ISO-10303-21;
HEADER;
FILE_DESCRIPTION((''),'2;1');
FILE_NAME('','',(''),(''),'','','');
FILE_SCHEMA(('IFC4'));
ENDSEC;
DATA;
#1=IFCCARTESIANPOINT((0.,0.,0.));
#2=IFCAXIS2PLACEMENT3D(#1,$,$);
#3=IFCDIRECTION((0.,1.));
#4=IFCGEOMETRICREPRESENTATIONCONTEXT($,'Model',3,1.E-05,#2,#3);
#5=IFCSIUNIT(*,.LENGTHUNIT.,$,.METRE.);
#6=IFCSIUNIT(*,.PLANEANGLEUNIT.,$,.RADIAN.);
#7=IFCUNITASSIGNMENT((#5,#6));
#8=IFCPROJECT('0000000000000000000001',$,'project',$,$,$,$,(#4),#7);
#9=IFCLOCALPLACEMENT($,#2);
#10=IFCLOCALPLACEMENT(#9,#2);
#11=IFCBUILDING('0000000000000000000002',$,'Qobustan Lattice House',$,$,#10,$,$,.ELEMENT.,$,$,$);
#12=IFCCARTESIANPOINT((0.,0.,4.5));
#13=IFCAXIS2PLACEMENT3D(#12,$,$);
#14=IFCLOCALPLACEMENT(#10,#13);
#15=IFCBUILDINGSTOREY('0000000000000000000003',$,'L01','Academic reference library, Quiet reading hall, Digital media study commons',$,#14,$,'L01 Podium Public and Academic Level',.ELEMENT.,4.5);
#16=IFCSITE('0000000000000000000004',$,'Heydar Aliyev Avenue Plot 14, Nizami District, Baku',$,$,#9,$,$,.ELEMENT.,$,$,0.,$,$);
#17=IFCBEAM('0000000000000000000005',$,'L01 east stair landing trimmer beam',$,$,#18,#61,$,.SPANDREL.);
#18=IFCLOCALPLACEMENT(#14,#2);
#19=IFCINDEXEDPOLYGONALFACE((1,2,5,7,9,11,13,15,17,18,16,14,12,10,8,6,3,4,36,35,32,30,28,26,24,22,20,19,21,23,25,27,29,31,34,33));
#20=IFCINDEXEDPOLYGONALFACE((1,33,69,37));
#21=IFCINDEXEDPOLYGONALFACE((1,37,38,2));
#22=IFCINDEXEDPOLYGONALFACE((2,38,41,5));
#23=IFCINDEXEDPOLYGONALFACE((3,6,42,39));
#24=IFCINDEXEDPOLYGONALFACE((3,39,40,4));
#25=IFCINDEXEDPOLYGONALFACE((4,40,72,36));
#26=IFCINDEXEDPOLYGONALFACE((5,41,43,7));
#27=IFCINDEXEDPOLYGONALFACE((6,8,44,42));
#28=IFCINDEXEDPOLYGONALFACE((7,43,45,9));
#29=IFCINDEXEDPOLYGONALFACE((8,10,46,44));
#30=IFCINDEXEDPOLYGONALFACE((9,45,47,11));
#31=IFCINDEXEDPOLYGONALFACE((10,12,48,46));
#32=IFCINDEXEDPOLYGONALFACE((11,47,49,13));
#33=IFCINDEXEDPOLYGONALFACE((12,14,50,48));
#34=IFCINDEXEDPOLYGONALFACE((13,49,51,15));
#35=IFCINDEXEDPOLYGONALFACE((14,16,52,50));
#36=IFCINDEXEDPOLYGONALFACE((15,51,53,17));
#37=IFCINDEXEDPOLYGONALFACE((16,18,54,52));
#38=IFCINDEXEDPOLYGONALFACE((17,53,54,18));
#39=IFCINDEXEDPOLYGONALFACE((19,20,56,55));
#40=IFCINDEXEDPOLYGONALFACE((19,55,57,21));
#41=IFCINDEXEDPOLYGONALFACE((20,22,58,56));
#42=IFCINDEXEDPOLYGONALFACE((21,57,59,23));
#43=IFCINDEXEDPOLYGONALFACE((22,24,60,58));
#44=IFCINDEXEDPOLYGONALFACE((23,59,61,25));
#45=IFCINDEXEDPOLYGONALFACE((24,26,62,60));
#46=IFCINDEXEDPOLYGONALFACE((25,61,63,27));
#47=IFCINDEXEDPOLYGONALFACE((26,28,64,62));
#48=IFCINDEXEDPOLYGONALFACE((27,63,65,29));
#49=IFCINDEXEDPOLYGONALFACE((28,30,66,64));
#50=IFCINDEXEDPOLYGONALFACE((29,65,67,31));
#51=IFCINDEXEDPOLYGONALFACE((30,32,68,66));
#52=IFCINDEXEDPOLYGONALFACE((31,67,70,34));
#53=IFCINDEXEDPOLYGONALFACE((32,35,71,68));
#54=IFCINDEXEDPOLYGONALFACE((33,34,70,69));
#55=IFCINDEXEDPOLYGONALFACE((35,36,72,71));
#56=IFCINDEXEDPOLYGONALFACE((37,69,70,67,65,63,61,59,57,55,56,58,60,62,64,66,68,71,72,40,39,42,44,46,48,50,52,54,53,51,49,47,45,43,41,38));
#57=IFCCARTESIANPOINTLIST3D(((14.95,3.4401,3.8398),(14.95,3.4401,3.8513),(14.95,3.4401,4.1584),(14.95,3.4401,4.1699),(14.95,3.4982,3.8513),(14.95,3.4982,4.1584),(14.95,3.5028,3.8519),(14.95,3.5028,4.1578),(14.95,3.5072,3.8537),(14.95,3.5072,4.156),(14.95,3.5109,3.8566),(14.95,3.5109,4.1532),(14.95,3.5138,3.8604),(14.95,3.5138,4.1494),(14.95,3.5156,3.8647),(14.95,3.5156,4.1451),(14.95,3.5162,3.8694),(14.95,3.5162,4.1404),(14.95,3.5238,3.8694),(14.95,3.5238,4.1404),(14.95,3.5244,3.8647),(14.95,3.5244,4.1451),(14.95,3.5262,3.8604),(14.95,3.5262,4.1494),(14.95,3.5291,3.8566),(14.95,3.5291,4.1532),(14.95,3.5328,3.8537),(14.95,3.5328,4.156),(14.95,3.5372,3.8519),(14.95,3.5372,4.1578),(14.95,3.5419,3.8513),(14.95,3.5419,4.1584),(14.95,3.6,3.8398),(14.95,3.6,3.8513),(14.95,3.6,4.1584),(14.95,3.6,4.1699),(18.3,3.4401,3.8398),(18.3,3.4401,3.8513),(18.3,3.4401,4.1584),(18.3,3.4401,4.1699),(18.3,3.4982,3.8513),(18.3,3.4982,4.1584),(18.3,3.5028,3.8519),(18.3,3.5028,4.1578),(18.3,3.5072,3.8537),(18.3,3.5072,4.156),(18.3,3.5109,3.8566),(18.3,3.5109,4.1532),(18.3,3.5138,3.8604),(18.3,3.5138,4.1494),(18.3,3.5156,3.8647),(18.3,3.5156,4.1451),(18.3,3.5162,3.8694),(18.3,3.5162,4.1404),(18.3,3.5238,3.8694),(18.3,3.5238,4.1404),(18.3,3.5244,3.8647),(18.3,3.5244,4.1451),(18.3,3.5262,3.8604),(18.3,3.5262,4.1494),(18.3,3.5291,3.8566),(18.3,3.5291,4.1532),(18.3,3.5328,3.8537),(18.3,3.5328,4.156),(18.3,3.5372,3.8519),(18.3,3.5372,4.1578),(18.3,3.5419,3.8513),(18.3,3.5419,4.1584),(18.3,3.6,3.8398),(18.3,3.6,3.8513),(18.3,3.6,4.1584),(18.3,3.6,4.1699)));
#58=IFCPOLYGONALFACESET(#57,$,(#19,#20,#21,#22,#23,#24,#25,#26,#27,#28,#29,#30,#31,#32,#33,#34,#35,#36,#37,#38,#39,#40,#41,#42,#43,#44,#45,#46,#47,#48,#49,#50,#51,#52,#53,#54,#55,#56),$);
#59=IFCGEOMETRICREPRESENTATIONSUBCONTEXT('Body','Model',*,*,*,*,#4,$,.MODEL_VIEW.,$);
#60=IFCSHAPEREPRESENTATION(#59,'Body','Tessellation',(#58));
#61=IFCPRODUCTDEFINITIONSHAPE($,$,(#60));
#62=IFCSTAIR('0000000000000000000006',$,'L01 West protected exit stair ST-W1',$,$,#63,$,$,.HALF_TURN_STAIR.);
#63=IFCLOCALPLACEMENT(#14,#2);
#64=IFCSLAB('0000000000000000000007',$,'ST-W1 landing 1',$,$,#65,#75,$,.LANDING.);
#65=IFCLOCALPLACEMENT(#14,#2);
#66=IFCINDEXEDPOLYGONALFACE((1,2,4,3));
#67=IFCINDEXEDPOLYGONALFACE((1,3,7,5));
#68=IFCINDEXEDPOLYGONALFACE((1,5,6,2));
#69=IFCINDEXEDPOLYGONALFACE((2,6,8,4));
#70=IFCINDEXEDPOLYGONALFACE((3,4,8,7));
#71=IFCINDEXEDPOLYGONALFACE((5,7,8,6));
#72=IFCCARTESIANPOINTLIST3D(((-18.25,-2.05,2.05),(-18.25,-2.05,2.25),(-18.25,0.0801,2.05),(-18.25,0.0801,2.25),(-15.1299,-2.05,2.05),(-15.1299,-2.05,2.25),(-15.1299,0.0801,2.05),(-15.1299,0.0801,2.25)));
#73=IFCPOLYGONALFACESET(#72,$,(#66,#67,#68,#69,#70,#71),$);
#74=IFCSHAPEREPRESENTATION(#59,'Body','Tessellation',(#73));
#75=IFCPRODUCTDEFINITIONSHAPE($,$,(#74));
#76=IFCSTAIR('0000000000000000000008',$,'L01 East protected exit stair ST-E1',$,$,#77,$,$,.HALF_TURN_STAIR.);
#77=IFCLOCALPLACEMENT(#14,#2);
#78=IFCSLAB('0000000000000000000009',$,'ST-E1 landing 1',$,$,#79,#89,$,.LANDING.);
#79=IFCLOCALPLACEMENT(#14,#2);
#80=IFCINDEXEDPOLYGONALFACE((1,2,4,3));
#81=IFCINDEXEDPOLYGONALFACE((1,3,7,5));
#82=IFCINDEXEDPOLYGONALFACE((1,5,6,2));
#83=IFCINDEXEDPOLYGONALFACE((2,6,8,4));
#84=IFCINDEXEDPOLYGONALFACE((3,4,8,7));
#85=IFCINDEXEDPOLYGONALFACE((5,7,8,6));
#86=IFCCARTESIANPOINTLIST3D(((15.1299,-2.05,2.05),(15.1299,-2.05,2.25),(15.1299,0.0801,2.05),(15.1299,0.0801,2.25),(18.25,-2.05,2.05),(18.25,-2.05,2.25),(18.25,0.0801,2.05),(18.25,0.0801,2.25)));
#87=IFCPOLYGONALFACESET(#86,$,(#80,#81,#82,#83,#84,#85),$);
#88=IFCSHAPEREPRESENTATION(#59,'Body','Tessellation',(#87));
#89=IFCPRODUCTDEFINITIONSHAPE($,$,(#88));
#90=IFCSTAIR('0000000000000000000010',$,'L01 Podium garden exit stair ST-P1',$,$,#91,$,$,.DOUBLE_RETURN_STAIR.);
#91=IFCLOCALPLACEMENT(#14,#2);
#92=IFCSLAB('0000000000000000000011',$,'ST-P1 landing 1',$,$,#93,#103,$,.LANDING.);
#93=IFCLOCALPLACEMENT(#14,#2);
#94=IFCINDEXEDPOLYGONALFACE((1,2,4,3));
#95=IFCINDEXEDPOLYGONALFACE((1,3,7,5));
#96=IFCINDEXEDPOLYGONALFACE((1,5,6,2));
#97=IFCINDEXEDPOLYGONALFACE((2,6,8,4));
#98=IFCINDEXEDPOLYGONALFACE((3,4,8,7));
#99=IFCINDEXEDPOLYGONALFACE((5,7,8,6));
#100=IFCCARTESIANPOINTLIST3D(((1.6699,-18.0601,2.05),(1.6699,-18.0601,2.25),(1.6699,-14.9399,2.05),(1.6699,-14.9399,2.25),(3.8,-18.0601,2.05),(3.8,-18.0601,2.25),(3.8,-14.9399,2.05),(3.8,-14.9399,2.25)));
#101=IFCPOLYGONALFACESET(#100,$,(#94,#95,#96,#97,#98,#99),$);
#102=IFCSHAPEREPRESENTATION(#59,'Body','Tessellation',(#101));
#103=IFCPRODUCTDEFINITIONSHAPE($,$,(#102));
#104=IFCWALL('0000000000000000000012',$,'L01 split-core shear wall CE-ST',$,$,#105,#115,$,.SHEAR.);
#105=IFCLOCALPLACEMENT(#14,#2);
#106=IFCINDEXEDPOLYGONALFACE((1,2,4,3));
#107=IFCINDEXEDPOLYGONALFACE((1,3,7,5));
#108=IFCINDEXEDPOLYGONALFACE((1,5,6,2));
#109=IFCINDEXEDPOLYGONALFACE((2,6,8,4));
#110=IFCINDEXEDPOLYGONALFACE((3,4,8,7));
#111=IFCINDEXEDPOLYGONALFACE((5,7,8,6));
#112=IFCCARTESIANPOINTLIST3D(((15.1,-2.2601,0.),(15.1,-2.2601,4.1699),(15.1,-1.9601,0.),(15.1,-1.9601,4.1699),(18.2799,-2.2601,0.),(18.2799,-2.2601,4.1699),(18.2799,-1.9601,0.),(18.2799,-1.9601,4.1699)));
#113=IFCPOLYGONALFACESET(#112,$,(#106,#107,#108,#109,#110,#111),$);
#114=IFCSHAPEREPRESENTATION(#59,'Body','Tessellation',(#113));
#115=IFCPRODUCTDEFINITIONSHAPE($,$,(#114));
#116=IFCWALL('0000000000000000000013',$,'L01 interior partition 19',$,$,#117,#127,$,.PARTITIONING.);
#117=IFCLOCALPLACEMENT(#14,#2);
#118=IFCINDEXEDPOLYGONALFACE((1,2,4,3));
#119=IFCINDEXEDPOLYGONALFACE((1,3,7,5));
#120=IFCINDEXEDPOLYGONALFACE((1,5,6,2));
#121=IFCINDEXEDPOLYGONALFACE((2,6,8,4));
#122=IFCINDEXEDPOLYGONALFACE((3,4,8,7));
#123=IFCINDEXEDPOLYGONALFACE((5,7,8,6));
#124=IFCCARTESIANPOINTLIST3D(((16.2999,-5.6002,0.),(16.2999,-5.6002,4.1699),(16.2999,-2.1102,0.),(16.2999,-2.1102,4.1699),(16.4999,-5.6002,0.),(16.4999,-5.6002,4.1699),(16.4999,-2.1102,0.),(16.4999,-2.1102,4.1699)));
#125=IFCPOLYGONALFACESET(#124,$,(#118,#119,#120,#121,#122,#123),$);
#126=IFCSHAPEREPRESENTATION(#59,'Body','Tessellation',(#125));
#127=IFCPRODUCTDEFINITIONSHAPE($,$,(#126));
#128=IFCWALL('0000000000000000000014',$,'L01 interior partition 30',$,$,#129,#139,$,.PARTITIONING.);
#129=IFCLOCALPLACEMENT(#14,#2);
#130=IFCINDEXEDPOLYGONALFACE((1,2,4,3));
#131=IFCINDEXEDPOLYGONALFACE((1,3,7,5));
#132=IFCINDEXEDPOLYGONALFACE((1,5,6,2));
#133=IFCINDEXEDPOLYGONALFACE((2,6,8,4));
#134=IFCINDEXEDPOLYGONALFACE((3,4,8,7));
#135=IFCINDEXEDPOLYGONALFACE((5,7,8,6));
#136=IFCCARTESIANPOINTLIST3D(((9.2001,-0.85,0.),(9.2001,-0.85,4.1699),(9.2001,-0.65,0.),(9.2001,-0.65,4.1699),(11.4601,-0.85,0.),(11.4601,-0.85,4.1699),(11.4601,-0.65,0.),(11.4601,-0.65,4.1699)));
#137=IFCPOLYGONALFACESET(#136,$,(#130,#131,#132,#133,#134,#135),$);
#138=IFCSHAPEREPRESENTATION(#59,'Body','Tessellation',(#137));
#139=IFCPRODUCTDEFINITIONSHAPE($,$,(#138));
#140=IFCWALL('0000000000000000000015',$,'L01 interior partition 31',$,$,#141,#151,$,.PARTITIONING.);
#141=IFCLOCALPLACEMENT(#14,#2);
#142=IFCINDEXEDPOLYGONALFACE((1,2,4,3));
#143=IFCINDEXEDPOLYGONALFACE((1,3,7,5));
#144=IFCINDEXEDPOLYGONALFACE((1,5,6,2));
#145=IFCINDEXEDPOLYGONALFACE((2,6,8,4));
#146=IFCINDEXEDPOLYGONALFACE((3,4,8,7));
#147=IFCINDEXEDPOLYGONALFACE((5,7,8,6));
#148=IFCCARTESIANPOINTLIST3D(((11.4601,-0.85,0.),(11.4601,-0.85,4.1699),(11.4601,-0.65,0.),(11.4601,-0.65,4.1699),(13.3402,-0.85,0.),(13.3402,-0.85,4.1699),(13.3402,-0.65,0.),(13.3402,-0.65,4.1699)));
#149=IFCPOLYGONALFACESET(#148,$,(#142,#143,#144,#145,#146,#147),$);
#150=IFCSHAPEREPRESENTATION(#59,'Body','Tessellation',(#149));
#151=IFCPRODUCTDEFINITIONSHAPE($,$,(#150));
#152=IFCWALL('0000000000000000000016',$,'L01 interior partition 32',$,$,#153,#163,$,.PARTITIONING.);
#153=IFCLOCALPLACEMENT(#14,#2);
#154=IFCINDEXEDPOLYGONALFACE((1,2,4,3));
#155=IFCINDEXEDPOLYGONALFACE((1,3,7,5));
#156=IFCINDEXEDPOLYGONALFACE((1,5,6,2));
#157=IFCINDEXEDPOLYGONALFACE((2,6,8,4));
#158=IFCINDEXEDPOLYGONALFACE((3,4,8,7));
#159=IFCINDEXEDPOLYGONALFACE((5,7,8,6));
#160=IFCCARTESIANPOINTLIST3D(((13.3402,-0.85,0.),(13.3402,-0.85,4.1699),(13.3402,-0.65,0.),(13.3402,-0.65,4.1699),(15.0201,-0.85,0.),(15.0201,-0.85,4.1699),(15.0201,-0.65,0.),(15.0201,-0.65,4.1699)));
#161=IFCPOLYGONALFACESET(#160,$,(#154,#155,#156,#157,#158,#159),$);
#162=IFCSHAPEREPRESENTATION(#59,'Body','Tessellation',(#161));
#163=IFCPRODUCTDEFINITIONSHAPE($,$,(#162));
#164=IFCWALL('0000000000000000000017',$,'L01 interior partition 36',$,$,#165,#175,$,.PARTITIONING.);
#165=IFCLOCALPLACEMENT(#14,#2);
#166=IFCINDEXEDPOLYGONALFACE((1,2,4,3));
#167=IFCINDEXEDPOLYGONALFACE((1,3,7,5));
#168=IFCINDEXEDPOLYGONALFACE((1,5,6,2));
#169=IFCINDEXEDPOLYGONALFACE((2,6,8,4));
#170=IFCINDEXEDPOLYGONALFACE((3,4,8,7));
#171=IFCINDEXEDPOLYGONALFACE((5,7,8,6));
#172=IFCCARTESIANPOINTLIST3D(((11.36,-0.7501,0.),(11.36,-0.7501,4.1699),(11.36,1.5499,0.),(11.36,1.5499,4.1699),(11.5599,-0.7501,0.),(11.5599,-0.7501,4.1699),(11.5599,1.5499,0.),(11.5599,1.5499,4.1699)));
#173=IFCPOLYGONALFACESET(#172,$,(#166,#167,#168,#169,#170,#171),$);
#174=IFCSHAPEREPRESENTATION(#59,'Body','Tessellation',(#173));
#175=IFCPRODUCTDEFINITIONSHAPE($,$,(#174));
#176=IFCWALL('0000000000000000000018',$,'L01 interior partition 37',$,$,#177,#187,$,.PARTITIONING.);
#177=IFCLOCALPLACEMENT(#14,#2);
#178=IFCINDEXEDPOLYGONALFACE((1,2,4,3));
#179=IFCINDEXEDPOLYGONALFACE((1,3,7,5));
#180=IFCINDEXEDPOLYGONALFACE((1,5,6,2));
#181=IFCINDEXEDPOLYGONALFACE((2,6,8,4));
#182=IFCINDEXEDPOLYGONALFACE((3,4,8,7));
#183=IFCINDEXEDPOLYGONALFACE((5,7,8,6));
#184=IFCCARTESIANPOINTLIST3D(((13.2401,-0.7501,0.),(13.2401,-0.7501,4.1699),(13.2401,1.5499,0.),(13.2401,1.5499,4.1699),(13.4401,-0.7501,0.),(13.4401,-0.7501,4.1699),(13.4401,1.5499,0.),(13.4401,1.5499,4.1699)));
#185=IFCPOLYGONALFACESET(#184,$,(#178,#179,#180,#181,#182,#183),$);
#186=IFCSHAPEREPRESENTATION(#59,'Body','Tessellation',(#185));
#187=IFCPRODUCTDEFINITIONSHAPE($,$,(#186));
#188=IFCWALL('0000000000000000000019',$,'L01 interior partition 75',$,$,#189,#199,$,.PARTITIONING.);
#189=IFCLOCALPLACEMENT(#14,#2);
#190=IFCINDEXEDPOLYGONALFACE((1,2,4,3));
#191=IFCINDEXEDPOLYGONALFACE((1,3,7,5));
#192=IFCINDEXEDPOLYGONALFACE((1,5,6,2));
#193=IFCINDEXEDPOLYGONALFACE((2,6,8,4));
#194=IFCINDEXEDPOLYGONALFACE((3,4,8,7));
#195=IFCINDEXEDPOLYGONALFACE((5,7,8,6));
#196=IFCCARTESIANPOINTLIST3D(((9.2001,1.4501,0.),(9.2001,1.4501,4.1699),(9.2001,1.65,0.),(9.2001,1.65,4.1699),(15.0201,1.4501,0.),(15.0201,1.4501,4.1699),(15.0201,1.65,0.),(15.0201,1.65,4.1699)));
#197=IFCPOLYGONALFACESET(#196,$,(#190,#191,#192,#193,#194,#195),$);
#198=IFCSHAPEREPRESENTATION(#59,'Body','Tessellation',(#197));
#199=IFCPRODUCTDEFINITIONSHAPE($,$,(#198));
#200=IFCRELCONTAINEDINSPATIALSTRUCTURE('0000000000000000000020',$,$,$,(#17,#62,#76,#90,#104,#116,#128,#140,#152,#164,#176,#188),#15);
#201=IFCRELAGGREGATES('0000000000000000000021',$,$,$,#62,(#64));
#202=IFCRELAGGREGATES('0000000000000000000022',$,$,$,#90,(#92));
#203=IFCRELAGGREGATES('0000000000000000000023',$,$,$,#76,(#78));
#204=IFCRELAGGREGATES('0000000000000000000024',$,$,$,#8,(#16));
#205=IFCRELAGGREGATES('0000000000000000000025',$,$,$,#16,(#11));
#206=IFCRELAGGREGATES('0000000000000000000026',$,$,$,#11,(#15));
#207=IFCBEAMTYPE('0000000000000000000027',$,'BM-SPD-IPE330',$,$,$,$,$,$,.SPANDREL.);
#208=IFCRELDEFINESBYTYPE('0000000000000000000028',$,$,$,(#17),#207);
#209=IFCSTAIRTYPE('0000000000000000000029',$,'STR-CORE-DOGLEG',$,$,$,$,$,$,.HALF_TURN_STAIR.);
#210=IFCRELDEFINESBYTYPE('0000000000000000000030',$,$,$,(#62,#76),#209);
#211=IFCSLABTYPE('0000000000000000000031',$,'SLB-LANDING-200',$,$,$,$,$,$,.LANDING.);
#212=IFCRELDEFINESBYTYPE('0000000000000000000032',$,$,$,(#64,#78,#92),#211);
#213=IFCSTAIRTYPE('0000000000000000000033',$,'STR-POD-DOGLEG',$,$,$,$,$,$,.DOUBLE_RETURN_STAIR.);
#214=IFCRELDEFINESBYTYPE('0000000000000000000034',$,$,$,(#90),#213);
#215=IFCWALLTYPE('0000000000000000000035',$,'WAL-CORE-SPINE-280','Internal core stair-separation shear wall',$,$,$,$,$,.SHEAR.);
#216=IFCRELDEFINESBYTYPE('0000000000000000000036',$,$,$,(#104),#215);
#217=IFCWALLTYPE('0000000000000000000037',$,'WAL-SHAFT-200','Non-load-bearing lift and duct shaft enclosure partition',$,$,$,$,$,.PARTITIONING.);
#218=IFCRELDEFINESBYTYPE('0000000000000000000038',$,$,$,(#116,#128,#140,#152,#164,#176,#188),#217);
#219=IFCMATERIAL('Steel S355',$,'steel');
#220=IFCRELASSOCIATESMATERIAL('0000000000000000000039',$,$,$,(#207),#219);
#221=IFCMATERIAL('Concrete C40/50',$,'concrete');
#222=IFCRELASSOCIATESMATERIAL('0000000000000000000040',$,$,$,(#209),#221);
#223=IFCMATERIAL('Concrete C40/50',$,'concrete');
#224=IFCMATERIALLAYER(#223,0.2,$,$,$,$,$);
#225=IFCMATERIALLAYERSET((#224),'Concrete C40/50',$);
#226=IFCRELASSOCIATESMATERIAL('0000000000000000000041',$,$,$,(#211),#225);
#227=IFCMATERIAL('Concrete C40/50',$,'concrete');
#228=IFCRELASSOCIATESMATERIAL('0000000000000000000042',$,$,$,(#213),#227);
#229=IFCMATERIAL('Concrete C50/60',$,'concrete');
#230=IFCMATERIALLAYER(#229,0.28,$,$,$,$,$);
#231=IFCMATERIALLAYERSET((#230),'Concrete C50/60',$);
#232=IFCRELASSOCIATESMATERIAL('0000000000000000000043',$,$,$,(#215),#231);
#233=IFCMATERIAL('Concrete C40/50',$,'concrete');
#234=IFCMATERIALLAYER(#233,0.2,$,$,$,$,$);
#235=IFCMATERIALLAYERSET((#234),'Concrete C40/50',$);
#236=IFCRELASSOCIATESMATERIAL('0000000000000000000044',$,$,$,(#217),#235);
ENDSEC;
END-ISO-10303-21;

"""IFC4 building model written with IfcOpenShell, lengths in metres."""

from ifc_helpers import new_model, si_unit, direction, frame, frame_2d, origin, origin_2d, place, context, subcontext, project, spatial, polyline, rectangle, i_section, outline, extrude, material, layer, layer_set, material_profile, profile_set, type_object, element, aggregate, save


model = new_model("IFC4")

# Units and contexts
model_context = context("Model", 3, precision=1e-05, world=origin(), true_north=direction((0.0, 1.0)))
body_context = subcontext(model_context, "Body", "Model", "MODEL_VIEW")
ifc_project = project(units=[si_unit("LENGTHUNIT", "METRE"), si_unit("PLANEANGLEUNIT", "RADIAN")], contexts=[model_context])

# Site, building, storey
site_placement = place(None, origin())
site = spatial("IfcSite", under=ifc_project, at=site_placement, Name="Heydar Aliyev Avenue Plot 14, Nizami District, Baku", CompositionType="ELEMENT", RefElevation=0.0)
building_placement = place(site_placement, origin())
building = spatial("IfcBuilding", under=site, at=building_placement, Name="Qobustan Lattice House", CompositionType="ELEMENT")
storey_placement = place(building_placement, frame((0.0, 0.0, 4.5)))
storey = spatial("IfcBuildingStorey", under=building, at=storey_placement, Name="L01", Description="Academic reference library, Quiet reading hall, Digital media study commons", LongName="L01 Podium Public and Academic Level", CompositionType="ELEMENT", Elevation=4.5)

# Beam
ifc_material_1 = material(Name="Steel S355", Category="steel")
ifc_material_profile = material_profile(ifc_material_1, i_section(OverallWidth=0.1599, OverallDepth=0.3301, WebThickness=0.0076, FlangeThickness=0.0115, FilletRadius=0.0181, at=origin_2d()), Name="IPE330")
ifc_profile_set = profile_set([ifc_material_profile], Name="Steel S355")
beam_type = type_object("IfcBeamType", Name="BM-SPD-IPE330", PredefinedType="SPANDREL", material=ifc_profile_set)
beam_placement = place(storey_placement, frame((14.95, 3.52, 4.0049), z_axis=(1.0, 0.0, 0.0), x_axis=(0.0, 1.0, 0.0)))
element("IfcBeam", 1, at=beam_placement, inside=storey, type_object=beam_type, Name="L01 east stair landing trimmer beam", PredefinedType="SPANDREL", context=body_context, shape_type="SweptSolid", body=[
    extrude(i_section(OverallWidth=0.1599, OverallDepth=0.3301, WebThickness=0.0076, FlangeThickness=0.0115, FilletRadius=0.0181, at=origin_2d()), origin(), (0.0, 0.0, 1.0), 3.3501),
])

# Stairs, slabs
ifc_material_2 = material(Name="Concrete C40/50", Category="concrete")
stair_type_1 = type_object("IfcStairType", Name="STR-CORE-DOGLEG", PredefinedType="HALF_TURN_STAIR", material=ifc_material_2)
stair_1_placement = place(storey_placement, origin())
stair_1 = element("IfcStair", 2, at=stair_1_placement, inside=storey, type_object=stair_type_1, Name="L01 West protected exit stair ST-W1", PredefinedType="HALF_TURN_STAIR")
ifc_material_3 = material(Name="Concrete C40/50", Category="concrete")
ifc_layer_1 = layer(ifc_material_3, 0.2)
ifc_layer_set_1 = layer_set([ifc_layer_1], Name="Concrete C40/50")
slab_type = type_object("IfcSlabType", Name="SLB-LANDING-200", PredefinedType="LANDING", material=ifc_layer_set_1)
slab_1_placement = place(storey_placement, frame((0.0, 0.0, 2.05)))
slab_1 = element("IfcSlab", 3, at=slab_1_placement, type_object=slab_type, Name="ST-W1 landing 1", PredefinedType="LANDING", context=body_context, shape_type="SweptSolid", body=[
    extrude(outline(polyline([(-18.25, 0.0801), (-18.25, -2.05), (-15.1299, -2.05), (-15.1299, 0.0801), (-18.25, 0.0801)])), origin(), (0.0, 0.0, 1.0), 0.2),
])
aggregate(stair_1, [slab_1])
stair_2_placement = place(storey_placement, origin())
stair_2 = element("IfcStair", 4, at=stair_2_placement, inside=storey, type_object=stair_type_1, Name="L01 East protected exit stair ST-E1", PredefinedType="HALF_TURN_STAIR")
slab_2_placement = place(storey_placement, frame((0.0, 0.0, 2.05)))
slab_2 = element("IfcSlab", 5, at=slab_2_placement, type_object=slab_type, Name="ST-E1 landing 1", PredefinedType="LANDING", context=body_context, shape_type="SweptSolid", body=[
    extrude(outline(polyline([(15.1299, 0.0801), (15.1299, -2.05), (18.25, -2.05), (18.25, 0.0801), (15.1299, 0.0801)])), origin(), (0.0, 0.0, 1.0), 0.2),
])
ifc_material_4 = material(Name="Concrete C40/50", Category="concrete")
stair_type_2 = type_object("IfcStairType", Name="STR-POD-DOGLEG", PredefinedType="DOUBLE_RETURN_STAIR", material=ifc_material_4)
stair_3_placement = place(storey_placement, origin())
stair_3 = element("IfcStair", 6, at=stair_3_placement, inside=storey, type_object=stair_type_2, Name="L01 Podium garden exit stair ST-P1", PredefinedType="DOUBLE_RETURN_STAIR")
slab_3_placement = place(storey_placement, frame((0.0, 0.0, 2.05)))
slab_3 = element("IfcSlab", 7, at=slab_3_placement, type_object=slab_type, Name="ST-P1 landing 1", PredefinedType="LANDING", context=body_context, shape_type="SweptSolid", body=[
    extrude(outline(polyline([(1.6699, -18.0601), (3.8, -18.0601), (3.8, -14.9399), (1.6699, -14.9399), (1.6699, -18.0601)])), origin(), (0.0, 0.0, 1.0), 0.2),
])
aggregate(stair_3, [slab_3])

# Walls
ifc_material_5 = material(Name="Concrete C50/60", Category="concrete")
ifc_layer_2 = layer(ifc_material_5, 0.28)
ifc_layer_set_2 = layer_set([ifc_layer_2], Name="Concrete C50/60")
wall_type_1 = type_object("IfcWallType", Name="WAL-CORE-SPINE-280", Description="Internal core stair-separation shear wall", PredefinedType="SHEAR", material=ifc_layer_set_2)
wall_1_placement = place(storey_placement, frame((15.1001, -2.1101, 0.0), z_axis=(0.0, 0.0, 1.0), x_axis=(1.0, 0.0, 0.0)))
element("IfcWall", 8, at=wall_1_placement, inside=storey, type_object=wall_type_1, Name="L01 split-core shear wall CE-ST", PredefinedType="SHEAR", context=body_context, shape_type="SweptSolid", body=[
    extrude(rectangle(XDim=3.1799, YDim=0.3, at=frame_2d((1.5898, 0.0))), origin(), (0.0, 0.0, 1.0), 4.1699),
])
ifc_material_6 = material(Name="Concrete C40/50", Category="concrete")
ifc_layer_3 = layer(ifc_material_6, 0.2)
ifc_layer_set_3 = layer_set([ifc_layer_3], Name="Concrete C40/50")
wall_type_2 = type_object("IfcWallType", Name="WAL-SHAFT-200", Description="Non-load-bearing lift and duct shaft enclosure partition", PredefinedType="PARTITIONING", material=ifc_layer_set_3)
wall_2_placement = place(storey_placement, frame((16.3999, -2.1101, 0.0), z_axis=(0.0, 0.0, 1.0), x_axis=(0.0, -1.0, 0.0)))
element("IfcWall", 9, at=wall_2_placement, inside=storey, type_object=wall_type_2, Name="L01 interior partition 19", PredefinedType="PARTITIONING", context=body_context, shape_type="SweptSolid", body=[
    extrude(rectangle(XDim=3.49, YDim=0.2, at=frame_2d((1.7451, 0.0))), origin(), (0.0, 0.0, 1.0), 4.1699),
])
wall_3_placement = place(storey_placement, frame((11.46, -0.75, 0.0), z_axis=(0.0, 0.0, 1.0), x_axis=(-1.0, 0.0, 0.0)))
element("IfcWall", 10, at=wall_3_placement, inside=storey, type_object=wall_type_2, Name="L01 interior partition 30", PredefinedType="PARTITIONING", context=body_context, shape_type="SweptSolid", body=[
    extrude(rectangle(XDim=2.26, YDim=0.2, at=frame_2d((1.1299, 0.0))), origin(), (0.0, 0.0, 1.0), 4.1699),
])
wall_4_placement = place(storey_placement, frame((13.3401, -0.75, 0.0), z_axis=(0.0, 0.0, 1.0), x_axis=(-1.0, 0.0, 0.0)))
element("IfcWall", 11, at=wall_4_placement, inside=storey, type_object=wall_type_2, Name="L01 interior partition 31", PredefinedType="PARTITIONING", context=body_context, shape_type="SweptSolid", body=[
    extrude(rectangle(XDim=1.8801, YDim=0.2, at=frame_2d((0.9399, 0.0))), origin(), (0.0, 0.0, 1.0), 4.1699),
])
wall_5_placement = place(storey_placement, frame((15.02, -0.75, 0.0), z_axis=(0.0, 0.0, 1.0), x_axis=(-1.0, 0.0, 0.0)))
element("IfcWall", 12, at=wall_5_placement, inside=storey, type_object=wall_type_2, Name="L01 interior partition 32", PredefinedType="PARTITIONING", context=body_context, shape_type="SweptSolid", body=[
    extrude(rectangle(XDim=1.6799, YDim=0.2, at=frame_2d((0.8398, 0.0))), origin(), (0.0, 0.0, 1.0), 4.1699),
])
for number, where, z_axis, x_axis, name in (
    (13, (11.46, -0.75, 0.0), (0.0, 0.0, 1.0), (0.0, 1.0, 0.0), "L01 interior partition 36"),
    (14, (13.3401, -0.75, 0.0), (0.0, 0.0, 1.0), (0.0, 1.0, 0.0), "L01 interior partition 37"),
):
    element("IfcWall", number, at=place(storey_placement, frame(where, z_axis=z_axis, x_axis=x_axis)), inside=storey, type_object=wall_type_2, Name=name, PredefinedType="PARTITIONING", context=body_context, shape_type="SweptSolid", body=[
        extrude(rectangle(XDim=2.3, YDim=0.2, at=frame_2d((1.1499, 0.0))), origin(), (0.0, 0.0, 1.0), 4.1699),
    ])
wall_6_placement = place(storey_placement, frame((9.2, 1.55, 0.0), z_axis=(0.0, 0.0, 1.0), x_axis=(1.0, 0.0, 0.0)))
element("IfcWall", 15, at=wall_6_placement, inside=storey, type_object=wall_type_2, Name="L01 interior partition 75", PredefinedType="PARTITIONING", context=body_context, shape_type="SweptSolid", body=[
    extrude(rectangle(XDim=5.8201, YDim=0.2, at=frame_2d((2.9102, 0.0))), origin(), (0.0, 0.0, 1.0), 4.1699),
])

aggregate(stair_2, [slab_2])

save(model, "model.ifc")
